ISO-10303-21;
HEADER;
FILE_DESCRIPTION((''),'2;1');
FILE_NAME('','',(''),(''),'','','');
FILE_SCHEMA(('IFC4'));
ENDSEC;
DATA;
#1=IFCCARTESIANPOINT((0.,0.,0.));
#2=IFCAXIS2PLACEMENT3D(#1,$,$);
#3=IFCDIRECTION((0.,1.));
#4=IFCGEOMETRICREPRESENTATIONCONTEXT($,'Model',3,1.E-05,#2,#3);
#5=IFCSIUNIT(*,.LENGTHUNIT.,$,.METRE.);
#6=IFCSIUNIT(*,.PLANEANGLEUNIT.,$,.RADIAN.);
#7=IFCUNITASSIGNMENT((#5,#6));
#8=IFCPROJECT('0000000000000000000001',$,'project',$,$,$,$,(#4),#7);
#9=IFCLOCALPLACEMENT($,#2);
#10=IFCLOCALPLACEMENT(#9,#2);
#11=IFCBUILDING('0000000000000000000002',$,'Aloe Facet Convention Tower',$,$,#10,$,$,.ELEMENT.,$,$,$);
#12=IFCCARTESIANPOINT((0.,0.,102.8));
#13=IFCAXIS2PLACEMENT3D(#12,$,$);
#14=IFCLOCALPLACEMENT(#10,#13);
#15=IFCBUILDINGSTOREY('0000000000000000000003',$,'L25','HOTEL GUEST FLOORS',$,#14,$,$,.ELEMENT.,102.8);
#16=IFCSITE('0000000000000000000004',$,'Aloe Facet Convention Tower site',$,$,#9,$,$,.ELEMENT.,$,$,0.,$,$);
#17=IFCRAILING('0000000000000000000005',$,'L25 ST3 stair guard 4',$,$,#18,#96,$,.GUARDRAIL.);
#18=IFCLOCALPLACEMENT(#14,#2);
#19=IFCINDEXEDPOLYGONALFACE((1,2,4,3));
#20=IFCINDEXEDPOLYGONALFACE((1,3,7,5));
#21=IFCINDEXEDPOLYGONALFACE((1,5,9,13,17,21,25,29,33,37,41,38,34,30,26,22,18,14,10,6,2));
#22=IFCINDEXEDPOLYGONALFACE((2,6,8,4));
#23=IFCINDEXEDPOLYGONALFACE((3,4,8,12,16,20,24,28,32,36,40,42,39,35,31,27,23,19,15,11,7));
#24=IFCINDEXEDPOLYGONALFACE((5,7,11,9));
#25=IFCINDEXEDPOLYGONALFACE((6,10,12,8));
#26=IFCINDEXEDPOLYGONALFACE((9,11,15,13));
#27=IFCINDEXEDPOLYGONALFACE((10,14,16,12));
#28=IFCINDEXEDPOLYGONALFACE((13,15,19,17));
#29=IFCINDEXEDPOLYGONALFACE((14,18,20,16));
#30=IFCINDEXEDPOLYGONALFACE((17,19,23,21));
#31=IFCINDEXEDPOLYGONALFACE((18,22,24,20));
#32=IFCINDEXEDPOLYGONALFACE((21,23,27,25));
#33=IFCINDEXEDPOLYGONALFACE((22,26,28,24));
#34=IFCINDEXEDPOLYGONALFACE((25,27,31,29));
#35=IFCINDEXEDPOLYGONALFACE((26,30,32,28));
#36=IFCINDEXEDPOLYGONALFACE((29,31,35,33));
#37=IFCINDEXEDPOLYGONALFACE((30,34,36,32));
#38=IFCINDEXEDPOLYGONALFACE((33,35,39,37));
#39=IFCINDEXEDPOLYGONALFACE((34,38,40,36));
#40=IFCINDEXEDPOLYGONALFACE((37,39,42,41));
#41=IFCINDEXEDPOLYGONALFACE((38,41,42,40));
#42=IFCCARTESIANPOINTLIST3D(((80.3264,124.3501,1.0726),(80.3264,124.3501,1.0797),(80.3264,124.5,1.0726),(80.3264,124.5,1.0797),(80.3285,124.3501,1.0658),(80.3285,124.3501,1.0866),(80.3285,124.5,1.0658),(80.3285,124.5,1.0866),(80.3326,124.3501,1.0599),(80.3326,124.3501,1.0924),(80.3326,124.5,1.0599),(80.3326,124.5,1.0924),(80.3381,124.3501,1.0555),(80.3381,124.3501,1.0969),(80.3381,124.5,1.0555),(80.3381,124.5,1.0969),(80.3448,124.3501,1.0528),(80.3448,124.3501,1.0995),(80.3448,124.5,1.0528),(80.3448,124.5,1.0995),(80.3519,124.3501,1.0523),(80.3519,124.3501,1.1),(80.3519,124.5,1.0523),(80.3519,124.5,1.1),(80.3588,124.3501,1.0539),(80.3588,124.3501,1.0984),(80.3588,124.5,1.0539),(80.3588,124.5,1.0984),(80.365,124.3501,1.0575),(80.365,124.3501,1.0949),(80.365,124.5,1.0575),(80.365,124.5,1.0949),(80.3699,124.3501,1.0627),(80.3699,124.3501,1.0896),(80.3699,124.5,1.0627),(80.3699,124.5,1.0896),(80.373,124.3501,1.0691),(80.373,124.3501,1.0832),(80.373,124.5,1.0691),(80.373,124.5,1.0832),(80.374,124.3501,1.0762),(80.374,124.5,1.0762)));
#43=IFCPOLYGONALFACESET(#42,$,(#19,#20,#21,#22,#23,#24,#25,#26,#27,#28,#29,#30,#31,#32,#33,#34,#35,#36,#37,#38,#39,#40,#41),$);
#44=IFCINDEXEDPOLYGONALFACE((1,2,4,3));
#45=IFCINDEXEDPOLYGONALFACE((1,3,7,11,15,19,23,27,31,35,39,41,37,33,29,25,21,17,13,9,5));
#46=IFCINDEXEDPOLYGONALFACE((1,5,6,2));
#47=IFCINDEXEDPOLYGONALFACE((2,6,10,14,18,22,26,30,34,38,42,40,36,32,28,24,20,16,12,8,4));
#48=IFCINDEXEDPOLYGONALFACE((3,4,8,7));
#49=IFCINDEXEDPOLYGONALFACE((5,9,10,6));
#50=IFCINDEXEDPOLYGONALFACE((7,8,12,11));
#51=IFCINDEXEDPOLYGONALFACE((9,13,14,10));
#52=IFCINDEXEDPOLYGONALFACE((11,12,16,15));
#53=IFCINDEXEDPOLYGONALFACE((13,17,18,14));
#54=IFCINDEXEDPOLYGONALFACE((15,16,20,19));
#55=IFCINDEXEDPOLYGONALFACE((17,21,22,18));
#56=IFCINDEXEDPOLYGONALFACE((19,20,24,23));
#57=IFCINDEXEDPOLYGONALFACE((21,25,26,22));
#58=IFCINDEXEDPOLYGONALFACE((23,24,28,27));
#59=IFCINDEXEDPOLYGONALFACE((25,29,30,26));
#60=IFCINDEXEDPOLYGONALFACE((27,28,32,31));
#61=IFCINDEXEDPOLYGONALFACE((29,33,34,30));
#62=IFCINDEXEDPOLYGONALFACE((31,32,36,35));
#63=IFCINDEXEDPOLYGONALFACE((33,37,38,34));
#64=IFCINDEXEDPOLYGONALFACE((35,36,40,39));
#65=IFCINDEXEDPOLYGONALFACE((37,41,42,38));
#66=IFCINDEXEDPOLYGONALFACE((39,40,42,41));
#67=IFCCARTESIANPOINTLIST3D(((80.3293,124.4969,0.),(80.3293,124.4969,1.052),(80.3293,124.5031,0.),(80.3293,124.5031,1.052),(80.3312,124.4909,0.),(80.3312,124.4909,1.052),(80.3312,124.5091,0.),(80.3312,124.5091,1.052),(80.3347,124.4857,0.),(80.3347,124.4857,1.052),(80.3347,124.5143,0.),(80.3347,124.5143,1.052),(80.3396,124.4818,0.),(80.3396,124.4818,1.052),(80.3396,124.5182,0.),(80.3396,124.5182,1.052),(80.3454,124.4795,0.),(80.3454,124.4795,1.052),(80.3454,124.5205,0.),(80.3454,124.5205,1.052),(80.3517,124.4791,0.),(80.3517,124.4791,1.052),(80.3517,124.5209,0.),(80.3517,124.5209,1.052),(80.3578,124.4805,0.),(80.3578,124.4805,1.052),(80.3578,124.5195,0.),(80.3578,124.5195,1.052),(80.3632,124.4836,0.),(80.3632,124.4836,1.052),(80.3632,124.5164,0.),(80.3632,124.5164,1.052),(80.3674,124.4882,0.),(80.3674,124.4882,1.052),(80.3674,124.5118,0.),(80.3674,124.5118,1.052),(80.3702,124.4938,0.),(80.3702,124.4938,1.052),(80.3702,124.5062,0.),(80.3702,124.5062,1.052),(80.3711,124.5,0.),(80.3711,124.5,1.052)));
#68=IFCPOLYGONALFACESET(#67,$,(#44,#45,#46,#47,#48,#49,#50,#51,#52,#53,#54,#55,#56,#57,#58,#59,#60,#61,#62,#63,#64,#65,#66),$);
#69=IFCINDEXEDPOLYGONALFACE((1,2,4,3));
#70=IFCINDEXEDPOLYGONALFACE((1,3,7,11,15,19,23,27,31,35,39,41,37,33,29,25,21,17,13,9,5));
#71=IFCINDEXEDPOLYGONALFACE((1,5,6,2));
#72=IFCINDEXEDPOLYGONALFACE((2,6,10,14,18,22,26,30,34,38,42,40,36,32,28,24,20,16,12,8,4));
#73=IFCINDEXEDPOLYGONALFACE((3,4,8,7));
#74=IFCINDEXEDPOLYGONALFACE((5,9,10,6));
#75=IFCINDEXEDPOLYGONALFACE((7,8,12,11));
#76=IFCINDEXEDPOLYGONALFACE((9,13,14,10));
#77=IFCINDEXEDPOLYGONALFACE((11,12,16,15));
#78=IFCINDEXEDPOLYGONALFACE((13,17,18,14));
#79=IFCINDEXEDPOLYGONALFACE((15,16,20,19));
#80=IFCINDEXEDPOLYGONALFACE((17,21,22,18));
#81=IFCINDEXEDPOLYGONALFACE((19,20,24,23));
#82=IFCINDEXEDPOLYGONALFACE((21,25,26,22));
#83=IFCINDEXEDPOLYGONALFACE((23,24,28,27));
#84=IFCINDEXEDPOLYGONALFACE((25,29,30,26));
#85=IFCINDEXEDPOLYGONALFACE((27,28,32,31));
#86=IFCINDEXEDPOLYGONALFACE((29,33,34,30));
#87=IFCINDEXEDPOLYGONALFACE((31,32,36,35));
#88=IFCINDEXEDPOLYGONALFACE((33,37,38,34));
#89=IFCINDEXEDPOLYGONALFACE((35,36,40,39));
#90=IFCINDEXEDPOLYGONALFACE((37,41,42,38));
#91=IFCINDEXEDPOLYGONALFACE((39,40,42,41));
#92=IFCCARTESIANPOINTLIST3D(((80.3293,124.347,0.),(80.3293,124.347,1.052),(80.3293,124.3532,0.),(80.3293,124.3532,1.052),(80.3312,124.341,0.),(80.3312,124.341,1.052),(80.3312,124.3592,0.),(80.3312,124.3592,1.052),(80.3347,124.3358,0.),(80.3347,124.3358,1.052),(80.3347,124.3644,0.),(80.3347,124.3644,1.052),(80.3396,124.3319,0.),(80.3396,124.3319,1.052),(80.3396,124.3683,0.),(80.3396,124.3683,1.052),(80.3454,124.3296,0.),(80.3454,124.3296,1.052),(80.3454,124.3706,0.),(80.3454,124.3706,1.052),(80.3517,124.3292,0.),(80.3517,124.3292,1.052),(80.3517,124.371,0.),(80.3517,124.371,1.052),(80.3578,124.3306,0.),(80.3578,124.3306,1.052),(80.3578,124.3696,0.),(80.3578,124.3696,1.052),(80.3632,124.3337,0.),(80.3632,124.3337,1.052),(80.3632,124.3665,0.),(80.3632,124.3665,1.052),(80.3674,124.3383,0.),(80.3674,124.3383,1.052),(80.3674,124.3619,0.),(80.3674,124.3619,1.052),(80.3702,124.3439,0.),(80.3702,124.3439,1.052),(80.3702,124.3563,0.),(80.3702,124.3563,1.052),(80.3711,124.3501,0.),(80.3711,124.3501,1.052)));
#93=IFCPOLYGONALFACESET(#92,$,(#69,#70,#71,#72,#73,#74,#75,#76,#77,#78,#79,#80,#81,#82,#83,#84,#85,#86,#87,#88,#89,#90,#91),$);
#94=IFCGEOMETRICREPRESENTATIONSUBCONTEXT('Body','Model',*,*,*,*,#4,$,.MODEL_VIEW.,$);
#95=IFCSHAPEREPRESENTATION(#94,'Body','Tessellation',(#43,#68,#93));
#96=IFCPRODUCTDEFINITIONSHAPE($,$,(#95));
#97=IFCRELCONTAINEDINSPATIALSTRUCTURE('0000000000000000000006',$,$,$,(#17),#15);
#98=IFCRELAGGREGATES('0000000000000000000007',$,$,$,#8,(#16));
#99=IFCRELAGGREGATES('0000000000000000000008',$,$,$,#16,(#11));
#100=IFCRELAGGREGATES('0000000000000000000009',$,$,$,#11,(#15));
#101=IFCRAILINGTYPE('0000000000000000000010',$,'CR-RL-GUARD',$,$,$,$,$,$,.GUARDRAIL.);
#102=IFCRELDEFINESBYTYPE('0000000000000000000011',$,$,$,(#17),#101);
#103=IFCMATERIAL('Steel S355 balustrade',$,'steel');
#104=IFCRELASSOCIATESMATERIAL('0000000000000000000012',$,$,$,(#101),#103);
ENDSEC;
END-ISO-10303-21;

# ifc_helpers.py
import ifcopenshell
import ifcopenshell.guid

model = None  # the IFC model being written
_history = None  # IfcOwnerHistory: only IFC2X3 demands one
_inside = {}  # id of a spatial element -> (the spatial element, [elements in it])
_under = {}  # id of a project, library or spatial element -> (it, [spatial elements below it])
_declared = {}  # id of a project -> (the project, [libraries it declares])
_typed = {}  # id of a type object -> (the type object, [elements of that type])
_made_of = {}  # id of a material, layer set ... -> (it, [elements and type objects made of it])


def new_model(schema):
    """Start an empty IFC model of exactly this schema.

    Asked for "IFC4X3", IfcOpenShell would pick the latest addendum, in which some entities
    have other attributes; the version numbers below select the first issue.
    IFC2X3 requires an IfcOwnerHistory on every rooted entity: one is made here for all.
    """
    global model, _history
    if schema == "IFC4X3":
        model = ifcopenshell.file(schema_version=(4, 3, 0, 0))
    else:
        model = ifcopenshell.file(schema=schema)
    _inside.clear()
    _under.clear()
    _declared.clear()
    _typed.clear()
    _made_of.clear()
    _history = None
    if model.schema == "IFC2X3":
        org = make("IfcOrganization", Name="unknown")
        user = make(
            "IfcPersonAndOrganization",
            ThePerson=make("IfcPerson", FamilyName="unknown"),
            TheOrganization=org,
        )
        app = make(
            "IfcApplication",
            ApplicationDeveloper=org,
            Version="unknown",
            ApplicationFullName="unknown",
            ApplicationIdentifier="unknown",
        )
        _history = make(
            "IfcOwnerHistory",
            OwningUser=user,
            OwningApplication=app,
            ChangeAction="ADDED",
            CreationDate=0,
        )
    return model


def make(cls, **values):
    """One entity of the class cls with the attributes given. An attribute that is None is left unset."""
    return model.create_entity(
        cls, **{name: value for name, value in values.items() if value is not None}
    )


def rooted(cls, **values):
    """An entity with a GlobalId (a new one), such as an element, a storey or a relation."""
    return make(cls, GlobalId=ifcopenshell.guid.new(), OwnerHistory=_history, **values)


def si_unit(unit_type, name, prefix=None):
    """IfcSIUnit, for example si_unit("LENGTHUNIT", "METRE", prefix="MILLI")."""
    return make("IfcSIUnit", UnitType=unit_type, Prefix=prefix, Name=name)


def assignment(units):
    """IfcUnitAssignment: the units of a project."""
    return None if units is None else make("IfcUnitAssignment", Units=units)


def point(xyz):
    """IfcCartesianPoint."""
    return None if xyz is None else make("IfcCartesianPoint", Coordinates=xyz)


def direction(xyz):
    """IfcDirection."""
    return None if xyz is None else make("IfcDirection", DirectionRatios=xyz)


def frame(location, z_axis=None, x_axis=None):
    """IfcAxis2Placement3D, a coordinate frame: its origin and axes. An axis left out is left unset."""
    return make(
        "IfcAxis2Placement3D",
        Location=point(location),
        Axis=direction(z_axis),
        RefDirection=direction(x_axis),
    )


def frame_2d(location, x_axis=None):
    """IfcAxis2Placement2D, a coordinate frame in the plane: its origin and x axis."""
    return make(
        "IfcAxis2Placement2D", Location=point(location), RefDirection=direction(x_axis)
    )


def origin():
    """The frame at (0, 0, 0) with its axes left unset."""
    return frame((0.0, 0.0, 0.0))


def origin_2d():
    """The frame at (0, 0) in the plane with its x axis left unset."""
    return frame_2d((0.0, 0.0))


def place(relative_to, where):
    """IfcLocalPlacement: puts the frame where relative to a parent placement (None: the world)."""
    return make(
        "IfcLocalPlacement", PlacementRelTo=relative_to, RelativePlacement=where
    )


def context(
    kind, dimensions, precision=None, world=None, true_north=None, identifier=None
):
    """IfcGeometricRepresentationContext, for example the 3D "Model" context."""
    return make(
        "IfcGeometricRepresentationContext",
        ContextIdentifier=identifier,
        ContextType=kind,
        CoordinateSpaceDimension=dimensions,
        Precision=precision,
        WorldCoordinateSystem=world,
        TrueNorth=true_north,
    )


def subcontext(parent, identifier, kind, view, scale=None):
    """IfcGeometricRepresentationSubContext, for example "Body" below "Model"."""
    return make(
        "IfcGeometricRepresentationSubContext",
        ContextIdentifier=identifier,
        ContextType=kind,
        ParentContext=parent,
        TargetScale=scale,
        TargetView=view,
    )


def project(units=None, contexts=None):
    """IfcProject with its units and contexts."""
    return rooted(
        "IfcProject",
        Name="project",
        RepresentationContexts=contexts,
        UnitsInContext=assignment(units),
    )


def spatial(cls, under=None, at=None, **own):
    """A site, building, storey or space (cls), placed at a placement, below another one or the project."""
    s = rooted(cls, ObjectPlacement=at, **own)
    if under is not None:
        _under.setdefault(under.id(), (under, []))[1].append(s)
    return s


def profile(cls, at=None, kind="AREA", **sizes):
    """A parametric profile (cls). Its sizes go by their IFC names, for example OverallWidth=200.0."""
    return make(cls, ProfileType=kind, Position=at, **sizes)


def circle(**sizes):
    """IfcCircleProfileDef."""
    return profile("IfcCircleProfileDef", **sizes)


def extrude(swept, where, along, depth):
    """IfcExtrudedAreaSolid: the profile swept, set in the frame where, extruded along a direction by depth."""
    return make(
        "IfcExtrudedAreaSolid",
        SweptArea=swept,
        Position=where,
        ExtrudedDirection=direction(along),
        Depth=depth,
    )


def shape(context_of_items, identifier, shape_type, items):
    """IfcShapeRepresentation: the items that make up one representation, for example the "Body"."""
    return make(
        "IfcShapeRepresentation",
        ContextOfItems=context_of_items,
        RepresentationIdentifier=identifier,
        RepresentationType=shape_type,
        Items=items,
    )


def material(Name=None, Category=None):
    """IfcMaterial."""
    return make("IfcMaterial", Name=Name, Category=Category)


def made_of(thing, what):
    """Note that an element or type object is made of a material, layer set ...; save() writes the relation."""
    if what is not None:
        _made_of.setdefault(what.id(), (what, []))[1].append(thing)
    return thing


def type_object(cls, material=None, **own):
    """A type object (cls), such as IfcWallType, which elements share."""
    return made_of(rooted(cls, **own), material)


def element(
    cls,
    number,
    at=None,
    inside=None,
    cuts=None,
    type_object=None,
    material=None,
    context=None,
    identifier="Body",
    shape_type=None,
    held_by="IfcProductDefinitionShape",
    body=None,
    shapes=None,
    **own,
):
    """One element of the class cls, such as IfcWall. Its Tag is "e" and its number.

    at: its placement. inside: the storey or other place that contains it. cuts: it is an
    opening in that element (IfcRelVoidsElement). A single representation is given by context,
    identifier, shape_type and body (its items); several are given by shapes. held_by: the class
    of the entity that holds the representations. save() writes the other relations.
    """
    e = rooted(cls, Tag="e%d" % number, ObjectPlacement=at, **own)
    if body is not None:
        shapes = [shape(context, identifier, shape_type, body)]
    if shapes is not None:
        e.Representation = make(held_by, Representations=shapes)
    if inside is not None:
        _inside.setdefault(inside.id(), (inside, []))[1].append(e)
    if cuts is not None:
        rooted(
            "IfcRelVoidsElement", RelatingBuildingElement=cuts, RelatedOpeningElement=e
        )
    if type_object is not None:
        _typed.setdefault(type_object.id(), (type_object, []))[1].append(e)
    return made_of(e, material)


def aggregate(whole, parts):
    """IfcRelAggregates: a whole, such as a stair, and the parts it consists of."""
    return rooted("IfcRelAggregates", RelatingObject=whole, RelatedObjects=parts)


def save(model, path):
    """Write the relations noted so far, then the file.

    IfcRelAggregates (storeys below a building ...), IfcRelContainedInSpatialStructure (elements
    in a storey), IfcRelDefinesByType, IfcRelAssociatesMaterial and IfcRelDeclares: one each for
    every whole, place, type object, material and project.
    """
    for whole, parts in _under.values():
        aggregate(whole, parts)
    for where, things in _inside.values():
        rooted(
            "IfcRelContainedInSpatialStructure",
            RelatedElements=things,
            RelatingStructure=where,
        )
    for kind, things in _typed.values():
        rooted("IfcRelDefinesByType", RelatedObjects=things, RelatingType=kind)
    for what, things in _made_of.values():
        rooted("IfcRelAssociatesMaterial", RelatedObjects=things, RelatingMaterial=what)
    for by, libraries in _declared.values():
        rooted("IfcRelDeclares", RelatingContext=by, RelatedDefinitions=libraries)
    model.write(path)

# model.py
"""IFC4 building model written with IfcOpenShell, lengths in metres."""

from ifc_helpers import new_model, si_unit, direction, frame, origin, origin_2d, place, context, subcontext, project, spatial, circle, extrude, material, type_object, element, save


model = new_model("IFC4")

# Units and contexts
model_context = context("Model", 3, precision=1e-05, world=origin(), true_north=direction((0.0, 1.0)))
body_context = subcontext(model_context, "Body", "Model", "MODEL_VIEW")
ifc_project = project(units=[si_unit("LENGTHUNIT", "METRE"), si_unit("PLANEANGLEUNIT", "RADIAN")], contexts=[model_context])

# Site, building, storey
site_placement = place(None, origin())
site = spatial("IfcSite", under=ifc_project, at=site_placement, Name="Aloe Facet Convention Tower site", CompositionType="ELEMENT", RefElevation=0.0)
building_placement = place(site_placement, origin())
building = spatial("IfcBuilding", under=site, at=building_placement, Name="Aloe Facet Convention Tower", CompositionType="ELEMENT")
storey_placement = place(building_placement, frame((0.0, 0.0, 102.8)))
storey = spatial("IfcBuildingStorey", under=building, at=storey_placement, Name="L25", Description="HOTEL GUEST FLOORS", CompositionType="ELEMENT", Elevation=102.8)

# Railing
ifc_material_1 = material(Name="Steel S355 balustrade", Category="steel")
railing_type_1 = type_object("IfcRailingType", Name="CR-RL-GUARD", PredefinedType="GUARDRAIL", material=ifc_material_1)
railing_1_placement = place(storey_placement, frame((80.3501, 124.5, 0.0)))
element("IfcRailing", 1, at=railing_1_placement, inside=storey, type_object=railing_type_1, Name="L25 ST3 stair guard 4", PredefinedType="GUARDRAIL", context=body_context, shape_type="SweptSolid", body=[
    extrude(circle(Radius=0.0239, at=origin_2d()), frame((0.0, 0.0, 1.0762), z_axis=(0.0, -1.0, 0.0), x_axis=(1.0, 0.0, 0.0)), (0.0, 0.0, 1.0), 0.1499),
    extrude(circle(Radius=0.021, at=origin_2d()), origin(), (0.0, 0.0, 1.0), 1.052),
    extrude(circle(Radius=0.021, at=origin_2d()), frame((0.0, -0.1499, 0.0)), (0.0, 0.0, 1.0), 1.052),
])

save(model, "model.ifc")
